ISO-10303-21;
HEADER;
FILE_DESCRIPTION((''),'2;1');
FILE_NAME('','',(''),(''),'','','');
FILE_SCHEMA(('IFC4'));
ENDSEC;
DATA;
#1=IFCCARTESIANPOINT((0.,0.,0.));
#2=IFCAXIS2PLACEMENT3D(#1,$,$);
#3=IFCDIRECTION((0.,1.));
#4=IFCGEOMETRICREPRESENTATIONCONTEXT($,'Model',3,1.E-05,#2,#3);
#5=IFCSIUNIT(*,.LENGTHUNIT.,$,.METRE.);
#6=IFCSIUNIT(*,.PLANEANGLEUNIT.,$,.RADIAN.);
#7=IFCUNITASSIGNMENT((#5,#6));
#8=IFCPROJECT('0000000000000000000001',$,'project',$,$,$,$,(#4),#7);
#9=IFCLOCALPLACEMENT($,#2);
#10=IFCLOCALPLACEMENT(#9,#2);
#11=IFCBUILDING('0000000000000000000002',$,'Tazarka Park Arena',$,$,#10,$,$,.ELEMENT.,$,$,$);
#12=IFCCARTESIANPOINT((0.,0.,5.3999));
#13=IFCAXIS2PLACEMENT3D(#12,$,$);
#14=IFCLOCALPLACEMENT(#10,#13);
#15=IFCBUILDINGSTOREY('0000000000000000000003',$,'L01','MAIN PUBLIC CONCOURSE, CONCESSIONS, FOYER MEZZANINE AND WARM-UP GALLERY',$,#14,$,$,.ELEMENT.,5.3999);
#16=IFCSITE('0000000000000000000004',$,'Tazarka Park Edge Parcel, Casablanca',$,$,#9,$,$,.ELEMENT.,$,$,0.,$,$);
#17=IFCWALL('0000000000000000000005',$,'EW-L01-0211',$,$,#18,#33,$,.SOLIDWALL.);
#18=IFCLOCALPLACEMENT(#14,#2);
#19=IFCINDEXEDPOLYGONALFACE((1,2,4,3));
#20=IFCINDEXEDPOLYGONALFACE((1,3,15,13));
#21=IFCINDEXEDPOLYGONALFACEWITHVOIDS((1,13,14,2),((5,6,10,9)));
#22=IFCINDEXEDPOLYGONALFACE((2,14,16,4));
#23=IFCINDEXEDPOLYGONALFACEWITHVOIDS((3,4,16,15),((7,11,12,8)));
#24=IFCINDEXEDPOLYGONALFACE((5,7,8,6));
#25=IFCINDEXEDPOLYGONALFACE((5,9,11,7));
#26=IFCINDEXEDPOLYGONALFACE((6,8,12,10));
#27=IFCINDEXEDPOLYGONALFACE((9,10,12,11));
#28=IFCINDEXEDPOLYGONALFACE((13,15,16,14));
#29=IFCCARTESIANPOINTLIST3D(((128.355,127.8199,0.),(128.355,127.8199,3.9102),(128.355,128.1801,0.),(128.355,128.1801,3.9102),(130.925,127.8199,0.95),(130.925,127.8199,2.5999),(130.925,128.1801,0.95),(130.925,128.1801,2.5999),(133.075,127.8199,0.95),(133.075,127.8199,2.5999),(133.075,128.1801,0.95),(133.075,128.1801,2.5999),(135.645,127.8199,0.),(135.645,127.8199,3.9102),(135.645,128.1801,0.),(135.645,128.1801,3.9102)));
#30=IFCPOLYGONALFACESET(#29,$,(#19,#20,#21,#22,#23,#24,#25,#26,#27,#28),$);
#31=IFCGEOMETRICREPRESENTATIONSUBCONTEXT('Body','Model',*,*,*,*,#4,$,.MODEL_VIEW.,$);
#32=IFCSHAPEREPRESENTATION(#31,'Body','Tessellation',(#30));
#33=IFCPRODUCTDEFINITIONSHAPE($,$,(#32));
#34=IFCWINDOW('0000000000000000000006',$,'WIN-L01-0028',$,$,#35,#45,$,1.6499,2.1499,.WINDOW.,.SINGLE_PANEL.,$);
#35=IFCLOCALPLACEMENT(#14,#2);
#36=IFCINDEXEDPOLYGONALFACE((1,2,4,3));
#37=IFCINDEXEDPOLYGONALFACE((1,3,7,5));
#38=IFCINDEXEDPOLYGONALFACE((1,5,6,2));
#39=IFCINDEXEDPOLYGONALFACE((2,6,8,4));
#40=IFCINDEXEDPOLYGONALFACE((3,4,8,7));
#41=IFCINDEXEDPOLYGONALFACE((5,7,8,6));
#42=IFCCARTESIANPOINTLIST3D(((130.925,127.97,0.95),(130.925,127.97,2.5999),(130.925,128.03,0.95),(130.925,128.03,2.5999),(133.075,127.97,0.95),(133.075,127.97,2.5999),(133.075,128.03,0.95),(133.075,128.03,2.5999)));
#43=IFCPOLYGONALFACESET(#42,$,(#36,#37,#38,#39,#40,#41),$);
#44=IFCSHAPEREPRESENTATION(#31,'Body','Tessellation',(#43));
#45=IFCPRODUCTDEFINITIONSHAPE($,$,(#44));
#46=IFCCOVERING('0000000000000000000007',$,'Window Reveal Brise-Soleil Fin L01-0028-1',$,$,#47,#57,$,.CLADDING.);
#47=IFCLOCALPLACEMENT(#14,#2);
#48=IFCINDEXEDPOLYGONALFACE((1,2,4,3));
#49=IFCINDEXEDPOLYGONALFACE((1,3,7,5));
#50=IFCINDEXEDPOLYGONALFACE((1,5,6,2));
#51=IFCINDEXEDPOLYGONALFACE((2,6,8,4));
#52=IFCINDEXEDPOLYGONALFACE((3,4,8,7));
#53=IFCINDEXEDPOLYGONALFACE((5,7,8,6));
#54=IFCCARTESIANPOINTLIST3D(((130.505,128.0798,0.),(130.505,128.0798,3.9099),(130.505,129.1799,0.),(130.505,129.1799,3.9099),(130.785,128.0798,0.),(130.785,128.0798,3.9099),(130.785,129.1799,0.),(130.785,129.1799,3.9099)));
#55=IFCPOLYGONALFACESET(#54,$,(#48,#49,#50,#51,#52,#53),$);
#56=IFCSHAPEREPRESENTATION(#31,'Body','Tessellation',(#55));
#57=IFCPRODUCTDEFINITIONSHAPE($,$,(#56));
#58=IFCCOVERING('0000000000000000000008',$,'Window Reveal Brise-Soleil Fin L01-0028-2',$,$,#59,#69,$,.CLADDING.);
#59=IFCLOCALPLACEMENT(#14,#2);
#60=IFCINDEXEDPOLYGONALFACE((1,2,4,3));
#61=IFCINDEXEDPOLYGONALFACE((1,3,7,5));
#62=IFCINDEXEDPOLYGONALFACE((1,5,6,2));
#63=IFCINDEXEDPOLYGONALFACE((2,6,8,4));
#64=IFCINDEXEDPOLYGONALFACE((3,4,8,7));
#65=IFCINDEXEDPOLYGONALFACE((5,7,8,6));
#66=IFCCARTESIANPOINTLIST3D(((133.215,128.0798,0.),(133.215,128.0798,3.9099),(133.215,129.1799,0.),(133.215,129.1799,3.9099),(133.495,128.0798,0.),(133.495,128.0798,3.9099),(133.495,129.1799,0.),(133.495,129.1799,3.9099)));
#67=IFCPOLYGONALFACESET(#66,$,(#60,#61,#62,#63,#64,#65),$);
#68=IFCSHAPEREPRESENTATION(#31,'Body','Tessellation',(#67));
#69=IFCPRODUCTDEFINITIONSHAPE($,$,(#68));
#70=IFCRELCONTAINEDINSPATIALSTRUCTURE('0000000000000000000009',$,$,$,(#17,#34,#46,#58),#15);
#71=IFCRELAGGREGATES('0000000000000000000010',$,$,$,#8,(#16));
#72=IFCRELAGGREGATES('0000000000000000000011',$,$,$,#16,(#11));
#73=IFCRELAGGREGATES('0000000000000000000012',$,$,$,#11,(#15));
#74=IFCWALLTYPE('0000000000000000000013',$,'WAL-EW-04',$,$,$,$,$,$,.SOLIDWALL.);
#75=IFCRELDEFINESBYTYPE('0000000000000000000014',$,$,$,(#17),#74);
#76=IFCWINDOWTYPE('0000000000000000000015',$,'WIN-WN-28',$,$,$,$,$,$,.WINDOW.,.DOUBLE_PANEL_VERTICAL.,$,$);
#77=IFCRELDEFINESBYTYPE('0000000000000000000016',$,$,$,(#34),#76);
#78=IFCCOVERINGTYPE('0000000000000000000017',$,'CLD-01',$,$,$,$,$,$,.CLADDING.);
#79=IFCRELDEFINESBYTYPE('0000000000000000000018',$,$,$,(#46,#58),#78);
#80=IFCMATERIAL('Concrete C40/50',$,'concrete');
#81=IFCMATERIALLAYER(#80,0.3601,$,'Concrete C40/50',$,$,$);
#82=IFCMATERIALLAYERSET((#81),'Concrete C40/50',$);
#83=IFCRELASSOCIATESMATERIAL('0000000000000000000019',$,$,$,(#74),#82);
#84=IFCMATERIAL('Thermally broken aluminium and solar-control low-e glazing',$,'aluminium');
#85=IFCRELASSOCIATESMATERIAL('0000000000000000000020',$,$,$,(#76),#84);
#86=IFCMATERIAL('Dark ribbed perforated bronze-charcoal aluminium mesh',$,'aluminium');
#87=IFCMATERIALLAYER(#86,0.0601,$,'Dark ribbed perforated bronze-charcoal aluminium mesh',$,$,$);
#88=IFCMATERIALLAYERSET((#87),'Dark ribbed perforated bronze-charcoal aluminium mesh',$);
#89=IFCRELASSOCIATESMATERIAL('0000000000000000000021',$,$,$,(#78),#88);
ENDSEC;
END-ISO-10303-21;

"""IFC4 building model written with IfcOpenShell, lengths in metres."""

from ifc_helpers import new_model, si_unit, direction, frame, frame_2d, origin, origin_2d, place, context, subcontext, project, spatial, rectangle, extrude, material, layer, layer_set, type_object, element, fill, save


model = new_model("IFC4")

# Units and contexts
model_context = context("Model", 3, precision=1e-05, world=origin(), true_north=direction((0.0, 1.0)))
body_context = subcontext(model_context, "Body", "Model", "MODEL_VIEW")
ifc_project = project(units=[si_unit("LENGTHUNIT", "METRE"), si_unit("PLANEANGLEUNIT", "RADIAN")], contexts=[model_context])

# Site, building, storey
site_placement = place(None, origin())
site = spatial("IfcSite", under=ifc_project, at=site_placement, Name="Tazarka Park Edge Parcel, Casablanca", CompositionType="ELEMENT", RefElevation=0.0)
building_placement = place(site_placement, origin())
building = spatial("IfcBuilding", under=site, at=building_placement, Name="Tazarka Park Arena", CompositionType="ELEMENT")
storey_placement = place(building_placement, frame((0.0, 0.0, 5.3999)))
storey = spatial("IfcBuildingStorey", under=building, at=storey_placement, Name="L01", Description="MAIN PUBLIC CONCOURSE, CONCESSIONS, FOYER MEZZANINE AND WARM-UP GALLERY", CompositionType="ELEMENT", Elevation=5.3999)

# Wall, opening, window
ifc_material_1 = material(Name="Concrete C40/50", Category="concrete")
ifc_layer_1 = layer(ifc_material_1, 0.3601, Name="Concrete C40/50")
ifc_layer_set_1 = layer_set([ifc_layer_1], Name="Concrete C40/50")
wall_type = type_object("IfcWallType", Name="WAL-EW-04", PredefinedType="SOLIDWALL", material=ifc_layer_set_1)
wall_placement = place(storey_placement, frame((128.355, 128.0, 0.0), z_axis=(0.0, 0.0, 1.0), x_axis=(1.0, 0.0, 0.0)))
wall = element("IfcWall", 1, at=wall_placement, inside=storey, type_object=wall_type, Name="EW-L01-0211", PredefinedType="SOLIDWALL", context=body_context, shape_type="SweptSolid", body=[
    extrude(rectangle(XDim=7.29, YDim=0.3601, at=frame_2d((3.645, 0.0))), origin(), (0.0, 0.0, 1.0), 3.9102),
])
opening_placement = place(wall_placement, frame((2.5701, 0.0, 0.95)))
opening = element("IfcOpeningElement", 2, at=opening_placement, cuts=wall, PredefinedType="OPENING", context=body_context, shape_type="SweptSolid", body=[
    extrude(rectangle(XDim=2.1499, YDim=1.6499, at=frame_2d((1.075, 0.825))), frame((0.0, 0.1899, 0.0), z_axis=(0.0, -1.0, 0.0), x_axis=(1.0, 0.0, 0.0)), (0.0, 0.0, 1.0), 0.3801),
])
ifc_material_2 = material(Name="Thermally broken aluminium and solar-control low-e glazing", Category="aluminium")
window_type = type_object("IfcWindowType", Name="WIN-WN-28", PartitioningType="DOUBLE_PANEL_VERTICAL", PredefinedType="WINDOW", material=ifc_material_2)
window_placement = place(opening_placement, origin())
window = element("IfcWindow", 3, at=window_placement, inside=storey, type_object=window_type, Name="WIN-L01-0028", OverallHeight=1.6499, OverallWidth=2.1499, PartitioningType="SINGLE_PANEL", PredefinedType="WINDOW", context=body_context, shape_type="SweptSolid", body=[
    extrude(rectangle(XDim=2.1499, YDim=1.6499, at=frame_2d((1.075, 0.825))), frame((0.0, 0.03, 0.0), z_axis=(0.0, -1.0, 0.0), x_axis=(1.0, 0.0, 0.0)), (0.0, 0.0, 1.0), 0.0601),
])
fill(opening, window)

# Coverings
ifc_material_3 = material(Name="Dark ribbed perforated bronze-charcoal aluminium mesh", Category="aluminium")
ifc_layer_2 = layer(ifc_material_3, 0.0601, Name="Dark ribbed perforated bronze-charcoal aluminium mesh")
ifc_layer_set_2 = layer_set([ifc_layer_2], Name="Dark ribbed perforated bronze-charcoal aluminium mesh")
covering_type = type_object("IfcCoveringType", Name="CLD-01", PredefinedType="CLADDING", material=ifc_layer_set_2)
for number, where, z_axis, x_axis, name in (
    (4, (130.645, 128.6299, 0.0), (0.0, 0.0, 1.0), (1.0, 0.0, 0.0), "Window Reveal Brise-Soleil Fin L01-0028-1"),
    (5, (133.355, 128.6299, 0.0), (0.0, 0.0, 1.0), (1.0, 0.0, 0.0), "Window Reveal Brise-Soleil Fin L01-0028-2"),
):
    element("IfcCovering", number, at=place(storey_placement, frame(where, z_axis=z_axis, x_axis=x_axis)), inside=storey, type_object=covering_type, Name=name, PredefinedType="CLADDING", context=body_context, shape_type="SweptSolid", body=[
        extrude(rectangle(XDim=0.28, YDim=1.1001, at=origin_2d()), origin(), (0.0, 0.0, 1.0), 3.9099),
    ])

save(model, "model.ifc")
